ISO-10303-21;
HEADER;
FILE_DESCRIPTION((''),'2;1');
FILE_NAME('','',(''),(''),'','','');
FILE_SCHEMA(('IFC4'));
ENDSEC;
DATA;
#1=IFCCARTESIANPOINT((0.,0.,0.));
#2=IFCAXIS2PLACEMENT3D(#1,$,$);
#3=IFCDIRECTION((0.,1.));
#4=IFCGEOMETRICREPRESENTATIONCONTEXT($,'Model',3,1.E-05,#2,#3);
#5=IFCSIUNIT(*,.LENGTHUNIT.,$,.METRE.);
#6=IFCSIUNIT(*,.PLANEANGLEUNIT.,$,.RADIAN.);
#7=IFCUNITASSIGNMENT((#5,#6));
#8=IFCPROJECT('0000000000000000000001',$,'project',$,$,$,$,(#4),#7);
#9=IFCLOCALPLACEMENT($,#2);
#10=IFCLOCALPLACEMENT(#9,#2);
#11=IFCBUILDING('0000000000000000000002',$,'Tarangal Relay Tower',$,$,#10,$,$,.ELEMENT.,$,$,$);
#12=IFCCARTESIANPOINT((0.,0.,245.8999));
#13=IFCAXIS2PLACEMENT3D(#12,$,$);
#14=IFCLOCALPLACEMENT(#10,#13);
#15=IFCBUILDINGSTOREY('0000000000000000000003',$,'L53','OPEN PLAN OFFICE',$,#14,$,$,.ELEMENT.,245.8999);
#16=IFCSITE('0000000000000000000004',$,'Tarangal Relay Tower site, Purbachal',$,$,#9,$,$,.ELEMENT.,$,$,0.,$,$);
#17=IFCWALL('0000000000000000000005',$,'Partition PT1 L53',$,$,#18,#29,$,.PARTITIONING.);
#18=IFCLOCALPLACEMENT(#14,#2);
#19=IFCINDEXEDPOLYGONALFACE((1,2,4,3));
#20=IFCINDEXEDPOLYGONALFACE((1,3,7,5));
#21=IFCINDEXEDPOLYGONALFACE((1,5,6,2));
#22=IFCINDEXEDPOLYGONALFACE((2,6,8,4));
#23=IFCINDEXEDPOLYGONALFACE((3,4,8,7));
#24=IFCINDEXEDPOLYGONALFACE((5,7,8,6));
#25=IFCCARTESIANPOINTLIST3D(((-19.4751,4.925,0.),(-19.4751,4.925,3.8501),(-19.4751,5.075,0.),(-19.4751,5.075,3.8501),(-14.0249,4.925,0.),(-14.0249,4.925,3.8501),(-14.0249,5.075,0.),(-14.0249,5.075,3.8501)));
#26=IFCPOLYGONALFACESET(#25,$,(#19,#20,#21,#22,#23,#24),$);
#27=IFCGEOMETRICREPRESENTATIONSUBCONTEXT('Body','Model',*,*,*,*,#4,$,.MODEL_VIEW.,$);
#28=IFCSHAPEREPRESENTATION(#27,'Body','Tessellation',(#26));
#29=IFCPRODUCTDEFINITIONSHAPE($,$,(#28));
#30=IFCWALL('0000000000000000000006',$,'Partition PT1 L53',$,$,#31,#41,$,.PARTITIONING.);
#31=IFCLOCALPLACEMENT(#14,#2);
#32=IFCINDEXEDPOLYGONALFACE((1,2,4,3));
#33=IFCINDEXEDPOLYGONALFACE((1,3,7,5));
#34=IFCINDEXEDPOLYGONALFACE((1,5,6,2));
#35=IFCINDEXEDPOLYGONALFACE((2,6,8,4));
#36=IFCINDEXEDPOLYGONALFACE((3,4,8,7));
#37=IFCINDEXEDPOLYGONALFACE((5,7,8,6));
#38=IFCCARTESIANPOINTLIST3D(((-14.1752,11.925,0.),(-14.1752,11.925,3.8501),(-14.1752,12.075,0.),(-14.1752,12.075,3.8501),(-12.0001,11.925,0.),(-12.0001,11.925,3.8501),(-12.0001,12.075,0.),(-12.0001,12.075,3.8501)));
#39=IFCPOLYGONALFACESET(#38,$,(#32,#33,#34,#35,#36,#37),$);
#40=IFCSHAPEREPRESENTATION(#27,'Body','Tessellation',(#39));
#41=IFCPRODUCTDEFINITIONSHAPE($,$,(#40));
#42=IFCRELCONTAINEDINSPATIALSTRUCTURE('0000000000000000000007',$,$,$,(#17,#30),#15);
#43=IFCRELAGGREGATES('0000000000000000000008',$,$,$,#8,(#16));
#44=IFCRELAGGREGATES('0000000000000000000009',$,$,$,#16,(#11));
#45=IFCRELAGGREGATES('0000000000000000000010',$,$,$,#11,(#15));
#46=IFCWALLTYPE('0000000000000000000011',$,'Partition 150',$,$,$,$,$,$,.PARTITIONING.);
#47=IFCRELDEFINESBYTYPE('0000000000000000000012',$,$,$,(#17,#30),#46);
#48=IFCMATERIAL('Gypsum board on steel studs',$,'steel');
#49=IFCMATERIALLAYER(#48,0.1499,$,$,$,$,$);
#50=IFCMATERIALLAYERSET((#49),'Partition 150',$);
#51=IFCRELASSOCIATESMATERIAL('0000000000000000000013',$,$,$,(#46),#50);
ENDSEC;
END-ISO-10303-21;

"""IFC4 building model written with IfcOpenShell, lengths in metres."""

from ifc_helpers import new_model, si_unit, direction, frame, frame_2d, origin, place, context, subcontext, project, spatial, rectangle, extrude, material, layer, layer_set, type_object, element, save


model = new_model("IFC4")

# Units and contexts
model_context = context("Model", 3, precision=1e-05, world=origin(), true_north=direction((0.0, 1.0)))
body_context = subcontext(model_context, "Body", "Model", "MODEL_VIEW")
ifc_project = project(units=[si_unit("LENGTHUNIT", "METRE"), si_unit("PLANEANGLEUNIT", "RADIAN")], contexts=[model_context])

# Site, building, storey
site_placement = place(None, origin())
site = spatial("IfcSite", under=ifc_project, at=site_placement, Name="Tarangal Relay Tower site, Purbachal", CompositionType="ELEMENT", RefElevation=0.0)
building_placement = place(site_placement, origin())
building = spatial("IfcBuilding", under=site, at=building_placement, Name="Tarangal Relay Tower", CompositionType="ELEMENT")
storey_placement = place(building_placement, frame((0.0, 0.0, 245.8999)))
storey = spatial("IfcBuildingStorey", under=building, at=storey_placement, Name="L53", Description="OPEN PLAN OFFICE", CompositionType="ELEMENT", Elevation=245.8999)

# Walls
ifc_material_1 = material(Name="Gypsum board on steel studs", Category="steel")
ifc_layer_1 = layer(ifc_material_1, 0.1499)
ifc_layer_set_1 = layer_set([ifc_layer_1], Name="Partition 150")
wall_type_1 = type_object("IfcWallType", Name="Partition 150", PredefinedType="PARTITIONING", material=ifc_layer_set_1)
wall_1_placement = place(storey_placement, frame((-19.4751, 5.0, 0.0), z_axis=(0.0, 0.0, 1.0), x_axis=(1.0, 0.0, 0.0)))
element("IfcWall", 1, at=wall_1_placement, inside=storey, type_object=wall_type_1, Name="Partition PT1 L53", PredefinedType="PARTITIONING", context=body_context, shape_type="SweptSolid", body=[
    extrude(rectangle(XDim=5.4502, YDim=0.1499, at=frame_2d((2.7251, 0.0))), origin(), (0.0, 0.0, 1.0), 3.8501),
])
wall_2_placement = place(storey_placement, frame((-14.175, 12.0, 0.0), z_axis=(0.0, 0.0, 1.0), x_axis=(1.0, 0.0, 0.0)))
element("IfcWall", 2, at=wall_2_placement, inside=storey, type_object=wall_type_1, Name="Partition PT1 L53", PredefinedType="PARTITIONING", context=body_context, shape_type="SweptSolid", body=[
    extrude(rectangle(XDim=2.175, YDim=0.1499, at=frame_2d((1.0874, 0.0))), origin(), (0.0, 0.0, 1.0), 3.8501),
])

save(model, "model.ifc")
